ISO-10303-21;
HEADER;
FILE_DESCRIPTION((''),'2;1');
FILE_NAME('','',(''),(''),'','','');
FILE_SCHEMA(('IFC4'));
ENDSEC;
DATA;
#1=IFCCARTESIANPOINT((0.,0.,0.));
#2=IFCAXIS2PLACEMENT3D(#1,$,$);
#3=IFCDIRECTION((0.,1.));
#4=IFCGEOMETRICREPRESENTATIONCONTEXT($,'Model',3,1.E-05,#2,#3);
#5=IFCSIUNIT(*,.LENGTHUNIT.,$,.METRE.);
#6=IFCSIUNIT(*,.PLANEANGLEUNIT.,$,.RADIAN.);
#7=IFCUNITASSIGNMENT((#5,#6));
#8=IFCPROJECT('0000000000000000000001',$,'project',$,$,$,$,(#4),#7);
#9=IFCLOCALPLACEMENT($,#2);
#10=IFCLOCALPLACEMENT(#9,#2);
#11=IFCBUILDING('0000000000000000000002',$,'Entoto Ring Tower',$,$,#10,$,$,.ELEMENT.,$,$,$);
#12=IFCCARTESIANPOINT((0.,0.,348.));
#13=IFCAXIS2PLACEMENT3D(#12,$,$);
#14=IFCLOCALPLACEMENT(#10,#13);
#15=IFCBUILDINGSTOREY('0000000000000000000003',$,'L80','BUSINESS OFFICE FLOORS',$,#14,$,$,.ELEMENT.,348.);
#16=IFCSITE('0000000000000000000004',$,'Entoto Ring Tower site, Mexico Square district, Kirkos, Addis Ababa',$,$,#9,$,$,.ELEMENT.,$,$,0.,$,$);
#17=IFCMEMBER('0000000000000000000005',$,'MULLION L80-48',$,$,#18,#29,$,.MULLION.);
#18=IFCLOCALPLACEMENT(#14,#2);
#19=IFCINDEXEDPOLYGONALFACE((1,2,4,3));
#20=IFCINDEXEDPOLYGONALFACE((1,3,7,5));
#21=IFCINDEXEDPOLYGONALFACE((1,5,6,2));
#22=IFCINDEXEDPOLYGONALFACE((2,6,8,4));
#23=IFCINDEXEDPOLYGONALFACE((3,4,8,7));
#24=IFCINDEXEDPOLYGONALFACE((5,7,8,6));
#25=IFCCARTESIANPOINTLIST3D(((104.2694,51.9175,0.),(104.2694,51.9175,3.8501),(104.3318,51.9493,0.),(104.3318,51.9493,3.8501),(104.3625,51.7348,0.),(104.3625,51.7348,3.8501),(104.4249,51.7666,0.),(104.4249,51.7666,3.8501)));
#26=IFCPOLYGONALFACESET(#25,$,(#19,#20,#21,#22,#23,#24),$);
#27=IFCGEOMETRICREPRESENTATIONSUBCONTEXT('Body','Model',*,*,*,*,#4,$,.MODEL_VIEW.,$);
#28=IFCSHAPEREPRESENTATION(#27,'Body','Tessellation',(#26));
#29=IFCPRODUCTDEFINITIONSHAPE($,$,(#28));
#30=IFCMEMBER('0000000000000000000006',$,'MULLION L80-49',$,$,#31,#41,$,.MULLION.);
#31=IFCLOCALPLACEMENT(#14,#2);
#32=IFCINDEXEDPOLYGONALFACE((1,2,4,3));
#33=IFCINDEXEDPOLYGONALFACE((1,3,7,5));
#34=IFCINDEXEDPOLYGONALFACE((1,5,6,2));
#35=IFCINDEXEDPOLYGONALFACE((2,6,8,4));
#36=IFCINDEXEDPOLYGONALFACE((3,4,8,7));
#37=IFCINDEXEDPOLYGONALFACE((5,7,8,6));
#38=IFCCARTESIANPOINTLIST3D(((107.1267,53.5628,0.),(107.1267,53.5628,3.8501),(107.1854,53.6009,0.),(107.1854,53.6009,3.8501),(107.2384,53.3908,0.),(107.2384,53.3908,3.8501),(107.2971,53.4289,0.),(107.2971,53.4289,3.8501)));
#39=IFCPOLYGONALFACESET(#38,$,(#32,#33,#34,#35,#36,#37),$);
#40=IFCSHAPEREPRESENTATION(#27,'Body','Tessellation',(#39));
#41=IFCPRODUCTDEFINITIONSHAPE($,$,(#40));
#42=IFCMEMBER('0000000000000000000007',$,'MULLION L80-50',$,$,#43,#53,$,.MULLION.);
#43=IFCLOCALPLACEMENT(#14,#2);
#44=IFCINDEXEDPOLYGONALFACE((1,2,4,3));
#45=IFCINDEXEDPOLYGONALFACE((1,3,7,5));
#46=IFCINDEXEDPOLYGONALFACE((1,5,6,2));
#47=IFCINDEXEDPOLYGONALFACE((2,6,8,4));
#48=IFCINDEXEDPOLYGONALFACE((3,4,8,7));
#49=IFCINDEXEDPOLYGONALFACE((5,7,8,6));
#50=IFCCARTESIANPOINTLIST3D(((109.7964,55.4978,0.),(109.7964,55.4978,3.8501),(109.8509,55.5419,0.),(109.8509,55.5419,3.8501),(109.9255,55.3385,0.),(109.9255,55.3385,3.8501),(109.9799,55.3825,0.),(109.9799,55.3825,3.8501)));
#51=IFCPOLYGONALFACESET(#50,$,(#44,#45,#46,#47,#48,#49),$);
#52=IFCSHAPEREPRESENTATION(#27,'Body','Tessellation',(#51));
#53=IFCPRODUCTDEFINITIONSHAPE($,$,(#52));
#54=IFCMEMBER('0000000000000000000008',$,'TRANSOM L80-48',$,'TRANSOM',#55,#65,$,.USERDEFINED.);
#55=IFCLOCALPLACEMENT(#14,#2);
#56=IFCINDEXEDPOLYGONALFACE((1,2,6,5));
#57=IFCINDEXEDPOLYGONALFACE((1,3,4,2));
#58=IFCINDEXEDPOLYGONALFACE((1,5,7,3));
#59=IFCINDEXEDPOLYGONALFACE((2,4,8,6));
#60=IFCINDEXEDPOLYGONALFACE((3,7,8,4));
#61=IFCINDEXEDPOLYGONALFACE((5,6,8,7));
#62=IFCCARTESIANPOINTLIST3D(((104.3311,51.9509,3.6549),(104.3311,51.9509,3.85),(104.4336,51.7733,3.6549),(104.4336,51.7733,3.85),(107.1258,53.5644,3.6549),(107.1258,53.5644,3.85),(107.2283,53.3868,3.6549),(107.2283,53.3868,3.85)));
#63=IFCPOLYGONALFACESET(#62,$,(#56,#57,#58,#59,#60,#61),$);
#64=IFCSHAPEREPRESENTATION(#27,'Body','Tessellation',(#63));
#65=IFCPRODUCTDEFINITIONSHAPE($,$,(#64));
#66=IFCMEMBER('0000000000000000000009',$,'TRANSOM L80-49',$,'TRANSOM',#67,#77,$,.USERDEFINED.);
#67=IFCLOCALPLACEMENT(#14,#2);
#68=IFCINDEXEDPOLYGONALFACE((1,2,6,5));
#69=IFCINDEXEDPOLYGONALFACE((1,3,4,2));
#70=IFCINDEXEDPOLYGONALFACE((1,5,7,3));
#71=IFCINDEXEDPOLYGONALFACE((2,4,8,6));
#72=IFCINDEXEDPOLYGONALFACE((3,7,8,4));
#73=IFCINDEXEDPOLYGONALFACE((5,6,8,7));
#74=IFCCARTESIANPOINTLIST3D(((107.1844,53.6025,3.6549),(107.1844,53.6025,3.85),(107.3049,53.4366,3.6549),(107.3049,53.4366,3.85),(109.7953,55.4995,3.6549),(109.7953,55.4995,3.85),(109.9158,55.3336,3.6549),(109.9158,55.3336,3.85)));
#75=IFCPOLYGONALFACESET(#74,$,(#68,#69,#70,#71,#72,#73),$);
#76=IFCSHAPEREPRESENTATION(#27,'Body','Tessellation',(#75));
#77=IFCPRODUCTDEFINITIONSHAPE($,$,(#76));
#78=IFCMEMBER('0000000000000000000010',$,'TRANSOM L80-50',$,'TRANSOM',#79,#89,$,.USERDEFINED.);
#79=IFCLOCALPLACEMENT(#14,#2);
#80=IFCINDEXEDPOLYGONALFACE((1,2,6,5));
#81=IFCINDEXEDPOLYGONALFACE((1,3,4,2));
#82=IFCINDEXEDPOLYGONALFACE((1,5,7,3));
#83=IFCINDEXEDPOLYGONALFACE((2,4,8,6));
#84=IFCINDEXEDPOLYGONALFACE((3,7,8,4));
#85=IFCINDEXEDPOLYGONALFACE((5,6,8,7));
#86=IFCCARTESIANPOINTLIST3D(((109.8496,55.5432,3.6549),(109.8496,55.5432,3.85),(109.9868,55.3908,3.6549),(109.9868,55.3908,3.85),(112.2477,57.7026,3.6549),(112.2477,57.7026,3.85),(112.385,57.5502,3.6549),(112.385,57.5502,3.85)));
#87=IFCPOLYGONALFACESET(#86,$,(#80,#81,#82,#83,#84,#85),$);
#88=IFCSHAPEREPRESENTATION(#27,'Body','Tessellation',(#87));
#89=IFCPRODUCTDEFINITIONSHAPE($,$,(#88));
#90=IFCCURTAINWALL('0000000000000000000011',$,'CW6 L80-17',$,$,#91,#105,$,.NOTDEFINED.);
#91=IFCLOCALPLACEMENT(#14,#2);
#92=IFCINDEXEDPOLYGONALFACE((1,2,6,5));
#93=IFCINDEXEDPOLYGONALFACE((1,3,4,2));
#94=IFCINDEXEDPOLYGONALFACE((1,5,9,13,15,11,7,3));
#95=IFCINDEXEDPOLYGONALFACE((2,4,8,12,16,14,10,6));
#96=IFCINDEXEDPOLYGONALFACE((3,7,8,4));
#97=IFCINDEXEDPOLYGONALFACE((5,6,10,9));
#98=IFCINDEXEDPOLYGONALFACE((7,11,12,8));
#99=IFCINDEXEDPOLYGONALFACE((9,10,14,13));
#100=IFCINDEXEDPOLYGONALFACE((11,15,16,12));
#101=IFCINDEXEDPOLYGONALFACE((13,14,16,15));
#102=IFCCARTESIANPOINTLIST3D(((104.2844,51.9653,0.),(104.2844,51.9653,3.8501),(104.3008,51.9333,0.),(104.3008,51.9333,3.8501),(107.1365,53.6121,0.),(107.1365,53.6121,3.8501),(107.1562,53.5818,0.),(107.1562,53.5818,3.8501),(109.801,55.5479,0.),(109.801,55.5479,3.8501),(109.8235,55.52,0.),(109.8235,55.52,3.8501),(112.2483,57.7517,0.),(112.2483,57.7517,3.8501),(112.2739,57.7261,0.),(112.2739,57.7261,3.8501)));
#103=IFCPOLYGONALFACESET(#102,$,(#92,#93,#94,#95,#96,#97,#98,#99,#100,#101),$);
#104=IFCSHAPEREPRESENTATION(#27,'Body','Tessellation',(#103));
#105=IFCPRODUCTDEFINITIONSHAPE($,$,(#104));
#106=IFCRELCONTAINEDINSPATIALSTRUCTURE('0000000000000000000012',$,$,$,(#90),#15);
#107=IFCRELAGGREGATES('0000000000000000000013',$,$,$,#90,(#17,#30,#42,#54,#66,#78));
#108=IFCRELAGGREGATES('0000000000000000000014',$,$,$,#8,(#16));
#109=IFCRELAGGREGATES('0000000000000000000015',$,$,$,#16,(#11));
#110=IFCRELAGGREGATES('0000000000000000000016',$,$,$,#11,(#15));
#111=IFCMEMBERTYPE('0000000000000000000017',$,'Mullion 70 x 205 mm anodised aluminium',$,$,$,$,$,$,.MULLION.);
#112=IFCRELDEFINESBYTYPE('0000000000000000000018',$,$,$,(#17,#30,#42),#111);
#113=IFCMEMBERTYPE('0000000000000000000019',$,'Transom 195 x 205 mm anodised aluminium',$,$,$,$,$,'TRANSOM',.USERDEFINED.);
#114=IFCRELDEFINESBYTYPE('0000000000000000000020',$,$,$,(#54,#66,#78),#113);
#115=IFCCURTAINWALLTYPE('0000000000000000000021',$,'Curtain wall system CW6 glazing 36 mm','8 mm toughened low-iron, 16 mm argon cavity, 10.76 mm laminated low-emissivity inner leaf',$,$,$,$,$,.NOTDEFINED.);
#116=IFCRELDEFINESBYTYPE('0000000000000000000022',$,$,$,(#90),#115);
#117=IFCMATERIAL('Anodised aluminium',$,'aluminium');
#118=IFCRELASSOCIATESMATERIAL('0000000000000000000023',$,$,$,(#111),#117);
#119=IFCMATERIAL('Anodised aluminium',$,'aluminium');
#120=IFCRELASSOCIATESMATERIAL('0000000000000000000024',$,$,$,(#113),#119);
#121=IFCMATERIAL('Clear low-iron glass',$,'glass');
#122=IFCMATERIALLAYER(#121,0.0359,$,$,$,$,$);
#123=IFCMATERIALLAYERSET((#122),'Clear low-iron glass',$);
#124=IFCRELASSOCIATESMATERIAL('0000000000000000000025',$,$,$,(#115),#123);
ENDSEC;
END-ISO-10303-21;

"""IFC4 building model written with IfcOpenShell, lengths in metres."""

from ifc_helpers import new_model, si_unit, direction, frame, origin, origin_2d, place, context, subcontext, project, spatial, polyline, rectangle, outline, extrude, material, layer, layer_set, material_profile, profile_set, type_object, element, aggregate, save


model = new_model("IFC4")

# Units and contexts
model_context = context("Model", 3, precision=1e-05, world=origin(), true_north=direction((0.0, 1.0)))
body_context = subcontext(model_context, "Body", "Model", "MODEL_VIEW")
ifc_project = project(units=[si_unit("LENGTHUNIT", "METRE"), si_unit("PLANEANGLEUNIT", "RADIAN")], contexts=[model_context])

# Members
ifc_material_1 = material(Name="Anodised aluminium", Category="aluminium")
ifc_material_profile_1 = material_profile(ifc_material_1, rectangle(XDim=0.0701, YDim=0.2051, at=origin_2d()), Name="Mullion 70 x 205 mm anodised aluminium")
ifc_profile_set_1 = profile_set([ifc_material_profile_1], Name="Anodised aluminium")
member_type_1 = type_object("IfcMemberType", Name="Mullion 70 x 205 mm anodised aluminium", PredefinedType="MULLION", material=ifc_profile_set_1)
site_placement = place(None, origin())
building_placement = place(site_placement, origin())
storey_placement = place(building_placement, frame((0.0, 0.0, 348.0)))
member_1_placement = place(storey_placement, frame((104.3472, 51.842, 0.0), z_axis=(0.0, 0.0, 1.0), x_axis=(0.891007, 0.45399, 0.0)))
member_1 = element("IfcMember", 1, at=member_1_placement, type_object=member_type_1, Name="MULLION L80-48", PredefinedType="MULLION", context=body_context, shape_type="SweptSolid", body=[
    extrude(rectangle(XDim=0.0701, YDim=0.2051, at=origin_2d()), origin(), (0.0, 0.0, 1.0), 3.8501),
])
member_2_placement = place(storey_placement, frame((107.2119, 53.4958, 0.0), z_axis=(0.0, 0.0, 1.0), x_axis=(0.838671, 0.544639, 0.0)))
member_2 = element("IfcMember", 2, at=member_2_placement, type_object=member_type_1, Name="MULLION L80-49", PredefinedType="MULLION", context=body_context, shape_type="SweptSolid", body=[
    extrude(rectangle(XDim=0.0701, YDim=0.2051, at=origin_2d()), origin(), (0.0, 0.0, 1.0), 3.8501),
])
member_3_placement = place(storey_placement, frame((109.8882, 55.4402, 0.0), z_axis=(0.0, 0.0, 1.0), x_axis=(0.777146, 0.62932, 0.0)))
member_3 = element("IfcMember", 3, at=member_3_placement, type_object=member_type_1, Name="MULLION L80-50", PredefinedType="MULLION", context=body_context, shape_type="SweptSolid", body=[
    extrude(rectangle(XDim=0.0701, YDim=0.2051, at=origin_2d()), origin(), (0.0, 0.0, 1.0), 3.8501),
])
ifc_material_2 = material(Name="Anodised aluminium", Category="aluminium")
ifc_material_profile_2 = material_profile(ifc_material_2, rectangle(XDim=0.2051, YDim=0.1951, at=origin_2d()), Name="Transom 195 x 205 mm anodised aluminium")
ifc_profile_set_2 = profile_set([ifc_material_profile_2], Name="Anodised aluminium")
member_type_2 = type_object("IfcMemberType", Name="Transom 195 x 205 mm anodised aluminium", ElementType="TRANSOM", PredefinedType="USERDEFINED", material=ifc_profile_set_2)
member_4_placement = place(storey_placement, frame((104.3823, 51.8621, 3.7524), z_axis=(0.866023, 0.500004, 0.0), x_axis=(-0.500004, 0.866023, 0.0)))
member_4 = element("IfcMember", 4, at=member_4_placement, type_object=member_type_2, Name="TRANSOM L80-48", ObjectType="TRANSOM", PredefinedType="USERDEFINED", context=body_context, shape_type="SweptSolid", body=[
    extrude(rectangle(XDim=0.2051, YDim=0.1951, at=origin_2d()), origin(), (0.0, 0.0, 1.0), 3.2271),
])
member_5_placement = place(storey_placement, frame((107.2446, 53.5195, 3.7524), z_axis=(0.809004, 0.587803, 0.0), x_axis=(-0.587803, 0.809004, 0.0)))
member_5 = element("IfcMember", 5, at=member_5_placement, type_object=member_type_2, Name="TRANSOM L80-49", ObjectType="TRANSOM", PredefinedType="USERDEFINED", context=body_context, shape_type="SweptSolid", body=[
    extrude(rectangle(XDim=0.2051, YDim=0.1951, at=origin_2d()), origin(), (0.0, 0.0, 1.0), 3.2273),
])
member_6_placement = place(storey_placement, frame((109.9182, 55.467, 3.7524), z_axis=(0.743132, 0.669144, 0.0), x_axis=(-0.669144, 0.743132, 0.0)))
member_6 = element("IfcMember", 6, at=member_6_placement, type_object=member_type_2, Name="TRANSOM L80-50", ObjectType="TRANSOM", PredefinedType="USERDEFINED", context=body_context, shape_type="SweptSolid", body=[
    extrude(rectangle(XDim=0.2051, YDim=0.1951, at=origin_2d()), origin(), (0.0, 0.0, 1.0), 3.2271),
])

# Site, building, storey
site = spatial("IfcSite", under=ifc_project, at=site_placement, Name="Entoto Ring Tower site, Mexico Square district, Kirkos, Addis Ababa", CompositionType="ELEMENT", RefElevation=0.0)
building = spatial("IfcBuilding", under=site, at=building_placement, Name="Entoto Ring Tower", CompositionType="ELEMENT")
storey = spatial("IfcBuildingStorey", under=building, at=storey_placement, Name="L80", Description="BUSINESS OFFICE FLOORS", CompositionType="ELEMENT", Elevation=348.0)

# Curtain wall
ifc_material_3 = material(Name="Clear low-iron glass", Category="glass")
ifc_layer_1 = layer(ifc_material_3, 0.0359)
ifc_layer_set_1 = layer_set([ifc_layer_1], Name="Clear low-iron glass")
curtain_wall_type = type_object("IfcCurtainWallType", Name="Curtain wall system CW6 glazing 36 mm", Description="8 mm toughened low-iron, 16 mm argon cavity, 10.76 mm laminated low-emissivity inner leaf", PredefinedType="NOTDEFINED", material=ifc_layer_set_1)
curtain_wall_1_placement = place(storey_placement, origin())
curtain_wall_1 = element("IfcCurtainWall", 7, at=curtain_wall_1_placement, inside=storey, type_object=curtain_wall_type, Name="CW6 L80-17", PredefinedType="NOTDEFINED", context=body_context, shape_type="SweptSolid", body=[
    extrude(outline(polyline([(104.3008, 51.9333), (107.1562, 53.5818), (109.8235, 55.52), (112.2739, 57.7261), (112.2483, 57.7517), (109.801, 55.5479), (107.1365, 53.6121), (104.2844, 51.9653), (104.3008, 51.9333)])), origin(), (0.0, 0.0, 1.0), 3.8501),
])
aggregate(curtain_wall_1, [member_1, member_2, member_3, member_4, member_5, member_6])

save(model, "model.ifc")
